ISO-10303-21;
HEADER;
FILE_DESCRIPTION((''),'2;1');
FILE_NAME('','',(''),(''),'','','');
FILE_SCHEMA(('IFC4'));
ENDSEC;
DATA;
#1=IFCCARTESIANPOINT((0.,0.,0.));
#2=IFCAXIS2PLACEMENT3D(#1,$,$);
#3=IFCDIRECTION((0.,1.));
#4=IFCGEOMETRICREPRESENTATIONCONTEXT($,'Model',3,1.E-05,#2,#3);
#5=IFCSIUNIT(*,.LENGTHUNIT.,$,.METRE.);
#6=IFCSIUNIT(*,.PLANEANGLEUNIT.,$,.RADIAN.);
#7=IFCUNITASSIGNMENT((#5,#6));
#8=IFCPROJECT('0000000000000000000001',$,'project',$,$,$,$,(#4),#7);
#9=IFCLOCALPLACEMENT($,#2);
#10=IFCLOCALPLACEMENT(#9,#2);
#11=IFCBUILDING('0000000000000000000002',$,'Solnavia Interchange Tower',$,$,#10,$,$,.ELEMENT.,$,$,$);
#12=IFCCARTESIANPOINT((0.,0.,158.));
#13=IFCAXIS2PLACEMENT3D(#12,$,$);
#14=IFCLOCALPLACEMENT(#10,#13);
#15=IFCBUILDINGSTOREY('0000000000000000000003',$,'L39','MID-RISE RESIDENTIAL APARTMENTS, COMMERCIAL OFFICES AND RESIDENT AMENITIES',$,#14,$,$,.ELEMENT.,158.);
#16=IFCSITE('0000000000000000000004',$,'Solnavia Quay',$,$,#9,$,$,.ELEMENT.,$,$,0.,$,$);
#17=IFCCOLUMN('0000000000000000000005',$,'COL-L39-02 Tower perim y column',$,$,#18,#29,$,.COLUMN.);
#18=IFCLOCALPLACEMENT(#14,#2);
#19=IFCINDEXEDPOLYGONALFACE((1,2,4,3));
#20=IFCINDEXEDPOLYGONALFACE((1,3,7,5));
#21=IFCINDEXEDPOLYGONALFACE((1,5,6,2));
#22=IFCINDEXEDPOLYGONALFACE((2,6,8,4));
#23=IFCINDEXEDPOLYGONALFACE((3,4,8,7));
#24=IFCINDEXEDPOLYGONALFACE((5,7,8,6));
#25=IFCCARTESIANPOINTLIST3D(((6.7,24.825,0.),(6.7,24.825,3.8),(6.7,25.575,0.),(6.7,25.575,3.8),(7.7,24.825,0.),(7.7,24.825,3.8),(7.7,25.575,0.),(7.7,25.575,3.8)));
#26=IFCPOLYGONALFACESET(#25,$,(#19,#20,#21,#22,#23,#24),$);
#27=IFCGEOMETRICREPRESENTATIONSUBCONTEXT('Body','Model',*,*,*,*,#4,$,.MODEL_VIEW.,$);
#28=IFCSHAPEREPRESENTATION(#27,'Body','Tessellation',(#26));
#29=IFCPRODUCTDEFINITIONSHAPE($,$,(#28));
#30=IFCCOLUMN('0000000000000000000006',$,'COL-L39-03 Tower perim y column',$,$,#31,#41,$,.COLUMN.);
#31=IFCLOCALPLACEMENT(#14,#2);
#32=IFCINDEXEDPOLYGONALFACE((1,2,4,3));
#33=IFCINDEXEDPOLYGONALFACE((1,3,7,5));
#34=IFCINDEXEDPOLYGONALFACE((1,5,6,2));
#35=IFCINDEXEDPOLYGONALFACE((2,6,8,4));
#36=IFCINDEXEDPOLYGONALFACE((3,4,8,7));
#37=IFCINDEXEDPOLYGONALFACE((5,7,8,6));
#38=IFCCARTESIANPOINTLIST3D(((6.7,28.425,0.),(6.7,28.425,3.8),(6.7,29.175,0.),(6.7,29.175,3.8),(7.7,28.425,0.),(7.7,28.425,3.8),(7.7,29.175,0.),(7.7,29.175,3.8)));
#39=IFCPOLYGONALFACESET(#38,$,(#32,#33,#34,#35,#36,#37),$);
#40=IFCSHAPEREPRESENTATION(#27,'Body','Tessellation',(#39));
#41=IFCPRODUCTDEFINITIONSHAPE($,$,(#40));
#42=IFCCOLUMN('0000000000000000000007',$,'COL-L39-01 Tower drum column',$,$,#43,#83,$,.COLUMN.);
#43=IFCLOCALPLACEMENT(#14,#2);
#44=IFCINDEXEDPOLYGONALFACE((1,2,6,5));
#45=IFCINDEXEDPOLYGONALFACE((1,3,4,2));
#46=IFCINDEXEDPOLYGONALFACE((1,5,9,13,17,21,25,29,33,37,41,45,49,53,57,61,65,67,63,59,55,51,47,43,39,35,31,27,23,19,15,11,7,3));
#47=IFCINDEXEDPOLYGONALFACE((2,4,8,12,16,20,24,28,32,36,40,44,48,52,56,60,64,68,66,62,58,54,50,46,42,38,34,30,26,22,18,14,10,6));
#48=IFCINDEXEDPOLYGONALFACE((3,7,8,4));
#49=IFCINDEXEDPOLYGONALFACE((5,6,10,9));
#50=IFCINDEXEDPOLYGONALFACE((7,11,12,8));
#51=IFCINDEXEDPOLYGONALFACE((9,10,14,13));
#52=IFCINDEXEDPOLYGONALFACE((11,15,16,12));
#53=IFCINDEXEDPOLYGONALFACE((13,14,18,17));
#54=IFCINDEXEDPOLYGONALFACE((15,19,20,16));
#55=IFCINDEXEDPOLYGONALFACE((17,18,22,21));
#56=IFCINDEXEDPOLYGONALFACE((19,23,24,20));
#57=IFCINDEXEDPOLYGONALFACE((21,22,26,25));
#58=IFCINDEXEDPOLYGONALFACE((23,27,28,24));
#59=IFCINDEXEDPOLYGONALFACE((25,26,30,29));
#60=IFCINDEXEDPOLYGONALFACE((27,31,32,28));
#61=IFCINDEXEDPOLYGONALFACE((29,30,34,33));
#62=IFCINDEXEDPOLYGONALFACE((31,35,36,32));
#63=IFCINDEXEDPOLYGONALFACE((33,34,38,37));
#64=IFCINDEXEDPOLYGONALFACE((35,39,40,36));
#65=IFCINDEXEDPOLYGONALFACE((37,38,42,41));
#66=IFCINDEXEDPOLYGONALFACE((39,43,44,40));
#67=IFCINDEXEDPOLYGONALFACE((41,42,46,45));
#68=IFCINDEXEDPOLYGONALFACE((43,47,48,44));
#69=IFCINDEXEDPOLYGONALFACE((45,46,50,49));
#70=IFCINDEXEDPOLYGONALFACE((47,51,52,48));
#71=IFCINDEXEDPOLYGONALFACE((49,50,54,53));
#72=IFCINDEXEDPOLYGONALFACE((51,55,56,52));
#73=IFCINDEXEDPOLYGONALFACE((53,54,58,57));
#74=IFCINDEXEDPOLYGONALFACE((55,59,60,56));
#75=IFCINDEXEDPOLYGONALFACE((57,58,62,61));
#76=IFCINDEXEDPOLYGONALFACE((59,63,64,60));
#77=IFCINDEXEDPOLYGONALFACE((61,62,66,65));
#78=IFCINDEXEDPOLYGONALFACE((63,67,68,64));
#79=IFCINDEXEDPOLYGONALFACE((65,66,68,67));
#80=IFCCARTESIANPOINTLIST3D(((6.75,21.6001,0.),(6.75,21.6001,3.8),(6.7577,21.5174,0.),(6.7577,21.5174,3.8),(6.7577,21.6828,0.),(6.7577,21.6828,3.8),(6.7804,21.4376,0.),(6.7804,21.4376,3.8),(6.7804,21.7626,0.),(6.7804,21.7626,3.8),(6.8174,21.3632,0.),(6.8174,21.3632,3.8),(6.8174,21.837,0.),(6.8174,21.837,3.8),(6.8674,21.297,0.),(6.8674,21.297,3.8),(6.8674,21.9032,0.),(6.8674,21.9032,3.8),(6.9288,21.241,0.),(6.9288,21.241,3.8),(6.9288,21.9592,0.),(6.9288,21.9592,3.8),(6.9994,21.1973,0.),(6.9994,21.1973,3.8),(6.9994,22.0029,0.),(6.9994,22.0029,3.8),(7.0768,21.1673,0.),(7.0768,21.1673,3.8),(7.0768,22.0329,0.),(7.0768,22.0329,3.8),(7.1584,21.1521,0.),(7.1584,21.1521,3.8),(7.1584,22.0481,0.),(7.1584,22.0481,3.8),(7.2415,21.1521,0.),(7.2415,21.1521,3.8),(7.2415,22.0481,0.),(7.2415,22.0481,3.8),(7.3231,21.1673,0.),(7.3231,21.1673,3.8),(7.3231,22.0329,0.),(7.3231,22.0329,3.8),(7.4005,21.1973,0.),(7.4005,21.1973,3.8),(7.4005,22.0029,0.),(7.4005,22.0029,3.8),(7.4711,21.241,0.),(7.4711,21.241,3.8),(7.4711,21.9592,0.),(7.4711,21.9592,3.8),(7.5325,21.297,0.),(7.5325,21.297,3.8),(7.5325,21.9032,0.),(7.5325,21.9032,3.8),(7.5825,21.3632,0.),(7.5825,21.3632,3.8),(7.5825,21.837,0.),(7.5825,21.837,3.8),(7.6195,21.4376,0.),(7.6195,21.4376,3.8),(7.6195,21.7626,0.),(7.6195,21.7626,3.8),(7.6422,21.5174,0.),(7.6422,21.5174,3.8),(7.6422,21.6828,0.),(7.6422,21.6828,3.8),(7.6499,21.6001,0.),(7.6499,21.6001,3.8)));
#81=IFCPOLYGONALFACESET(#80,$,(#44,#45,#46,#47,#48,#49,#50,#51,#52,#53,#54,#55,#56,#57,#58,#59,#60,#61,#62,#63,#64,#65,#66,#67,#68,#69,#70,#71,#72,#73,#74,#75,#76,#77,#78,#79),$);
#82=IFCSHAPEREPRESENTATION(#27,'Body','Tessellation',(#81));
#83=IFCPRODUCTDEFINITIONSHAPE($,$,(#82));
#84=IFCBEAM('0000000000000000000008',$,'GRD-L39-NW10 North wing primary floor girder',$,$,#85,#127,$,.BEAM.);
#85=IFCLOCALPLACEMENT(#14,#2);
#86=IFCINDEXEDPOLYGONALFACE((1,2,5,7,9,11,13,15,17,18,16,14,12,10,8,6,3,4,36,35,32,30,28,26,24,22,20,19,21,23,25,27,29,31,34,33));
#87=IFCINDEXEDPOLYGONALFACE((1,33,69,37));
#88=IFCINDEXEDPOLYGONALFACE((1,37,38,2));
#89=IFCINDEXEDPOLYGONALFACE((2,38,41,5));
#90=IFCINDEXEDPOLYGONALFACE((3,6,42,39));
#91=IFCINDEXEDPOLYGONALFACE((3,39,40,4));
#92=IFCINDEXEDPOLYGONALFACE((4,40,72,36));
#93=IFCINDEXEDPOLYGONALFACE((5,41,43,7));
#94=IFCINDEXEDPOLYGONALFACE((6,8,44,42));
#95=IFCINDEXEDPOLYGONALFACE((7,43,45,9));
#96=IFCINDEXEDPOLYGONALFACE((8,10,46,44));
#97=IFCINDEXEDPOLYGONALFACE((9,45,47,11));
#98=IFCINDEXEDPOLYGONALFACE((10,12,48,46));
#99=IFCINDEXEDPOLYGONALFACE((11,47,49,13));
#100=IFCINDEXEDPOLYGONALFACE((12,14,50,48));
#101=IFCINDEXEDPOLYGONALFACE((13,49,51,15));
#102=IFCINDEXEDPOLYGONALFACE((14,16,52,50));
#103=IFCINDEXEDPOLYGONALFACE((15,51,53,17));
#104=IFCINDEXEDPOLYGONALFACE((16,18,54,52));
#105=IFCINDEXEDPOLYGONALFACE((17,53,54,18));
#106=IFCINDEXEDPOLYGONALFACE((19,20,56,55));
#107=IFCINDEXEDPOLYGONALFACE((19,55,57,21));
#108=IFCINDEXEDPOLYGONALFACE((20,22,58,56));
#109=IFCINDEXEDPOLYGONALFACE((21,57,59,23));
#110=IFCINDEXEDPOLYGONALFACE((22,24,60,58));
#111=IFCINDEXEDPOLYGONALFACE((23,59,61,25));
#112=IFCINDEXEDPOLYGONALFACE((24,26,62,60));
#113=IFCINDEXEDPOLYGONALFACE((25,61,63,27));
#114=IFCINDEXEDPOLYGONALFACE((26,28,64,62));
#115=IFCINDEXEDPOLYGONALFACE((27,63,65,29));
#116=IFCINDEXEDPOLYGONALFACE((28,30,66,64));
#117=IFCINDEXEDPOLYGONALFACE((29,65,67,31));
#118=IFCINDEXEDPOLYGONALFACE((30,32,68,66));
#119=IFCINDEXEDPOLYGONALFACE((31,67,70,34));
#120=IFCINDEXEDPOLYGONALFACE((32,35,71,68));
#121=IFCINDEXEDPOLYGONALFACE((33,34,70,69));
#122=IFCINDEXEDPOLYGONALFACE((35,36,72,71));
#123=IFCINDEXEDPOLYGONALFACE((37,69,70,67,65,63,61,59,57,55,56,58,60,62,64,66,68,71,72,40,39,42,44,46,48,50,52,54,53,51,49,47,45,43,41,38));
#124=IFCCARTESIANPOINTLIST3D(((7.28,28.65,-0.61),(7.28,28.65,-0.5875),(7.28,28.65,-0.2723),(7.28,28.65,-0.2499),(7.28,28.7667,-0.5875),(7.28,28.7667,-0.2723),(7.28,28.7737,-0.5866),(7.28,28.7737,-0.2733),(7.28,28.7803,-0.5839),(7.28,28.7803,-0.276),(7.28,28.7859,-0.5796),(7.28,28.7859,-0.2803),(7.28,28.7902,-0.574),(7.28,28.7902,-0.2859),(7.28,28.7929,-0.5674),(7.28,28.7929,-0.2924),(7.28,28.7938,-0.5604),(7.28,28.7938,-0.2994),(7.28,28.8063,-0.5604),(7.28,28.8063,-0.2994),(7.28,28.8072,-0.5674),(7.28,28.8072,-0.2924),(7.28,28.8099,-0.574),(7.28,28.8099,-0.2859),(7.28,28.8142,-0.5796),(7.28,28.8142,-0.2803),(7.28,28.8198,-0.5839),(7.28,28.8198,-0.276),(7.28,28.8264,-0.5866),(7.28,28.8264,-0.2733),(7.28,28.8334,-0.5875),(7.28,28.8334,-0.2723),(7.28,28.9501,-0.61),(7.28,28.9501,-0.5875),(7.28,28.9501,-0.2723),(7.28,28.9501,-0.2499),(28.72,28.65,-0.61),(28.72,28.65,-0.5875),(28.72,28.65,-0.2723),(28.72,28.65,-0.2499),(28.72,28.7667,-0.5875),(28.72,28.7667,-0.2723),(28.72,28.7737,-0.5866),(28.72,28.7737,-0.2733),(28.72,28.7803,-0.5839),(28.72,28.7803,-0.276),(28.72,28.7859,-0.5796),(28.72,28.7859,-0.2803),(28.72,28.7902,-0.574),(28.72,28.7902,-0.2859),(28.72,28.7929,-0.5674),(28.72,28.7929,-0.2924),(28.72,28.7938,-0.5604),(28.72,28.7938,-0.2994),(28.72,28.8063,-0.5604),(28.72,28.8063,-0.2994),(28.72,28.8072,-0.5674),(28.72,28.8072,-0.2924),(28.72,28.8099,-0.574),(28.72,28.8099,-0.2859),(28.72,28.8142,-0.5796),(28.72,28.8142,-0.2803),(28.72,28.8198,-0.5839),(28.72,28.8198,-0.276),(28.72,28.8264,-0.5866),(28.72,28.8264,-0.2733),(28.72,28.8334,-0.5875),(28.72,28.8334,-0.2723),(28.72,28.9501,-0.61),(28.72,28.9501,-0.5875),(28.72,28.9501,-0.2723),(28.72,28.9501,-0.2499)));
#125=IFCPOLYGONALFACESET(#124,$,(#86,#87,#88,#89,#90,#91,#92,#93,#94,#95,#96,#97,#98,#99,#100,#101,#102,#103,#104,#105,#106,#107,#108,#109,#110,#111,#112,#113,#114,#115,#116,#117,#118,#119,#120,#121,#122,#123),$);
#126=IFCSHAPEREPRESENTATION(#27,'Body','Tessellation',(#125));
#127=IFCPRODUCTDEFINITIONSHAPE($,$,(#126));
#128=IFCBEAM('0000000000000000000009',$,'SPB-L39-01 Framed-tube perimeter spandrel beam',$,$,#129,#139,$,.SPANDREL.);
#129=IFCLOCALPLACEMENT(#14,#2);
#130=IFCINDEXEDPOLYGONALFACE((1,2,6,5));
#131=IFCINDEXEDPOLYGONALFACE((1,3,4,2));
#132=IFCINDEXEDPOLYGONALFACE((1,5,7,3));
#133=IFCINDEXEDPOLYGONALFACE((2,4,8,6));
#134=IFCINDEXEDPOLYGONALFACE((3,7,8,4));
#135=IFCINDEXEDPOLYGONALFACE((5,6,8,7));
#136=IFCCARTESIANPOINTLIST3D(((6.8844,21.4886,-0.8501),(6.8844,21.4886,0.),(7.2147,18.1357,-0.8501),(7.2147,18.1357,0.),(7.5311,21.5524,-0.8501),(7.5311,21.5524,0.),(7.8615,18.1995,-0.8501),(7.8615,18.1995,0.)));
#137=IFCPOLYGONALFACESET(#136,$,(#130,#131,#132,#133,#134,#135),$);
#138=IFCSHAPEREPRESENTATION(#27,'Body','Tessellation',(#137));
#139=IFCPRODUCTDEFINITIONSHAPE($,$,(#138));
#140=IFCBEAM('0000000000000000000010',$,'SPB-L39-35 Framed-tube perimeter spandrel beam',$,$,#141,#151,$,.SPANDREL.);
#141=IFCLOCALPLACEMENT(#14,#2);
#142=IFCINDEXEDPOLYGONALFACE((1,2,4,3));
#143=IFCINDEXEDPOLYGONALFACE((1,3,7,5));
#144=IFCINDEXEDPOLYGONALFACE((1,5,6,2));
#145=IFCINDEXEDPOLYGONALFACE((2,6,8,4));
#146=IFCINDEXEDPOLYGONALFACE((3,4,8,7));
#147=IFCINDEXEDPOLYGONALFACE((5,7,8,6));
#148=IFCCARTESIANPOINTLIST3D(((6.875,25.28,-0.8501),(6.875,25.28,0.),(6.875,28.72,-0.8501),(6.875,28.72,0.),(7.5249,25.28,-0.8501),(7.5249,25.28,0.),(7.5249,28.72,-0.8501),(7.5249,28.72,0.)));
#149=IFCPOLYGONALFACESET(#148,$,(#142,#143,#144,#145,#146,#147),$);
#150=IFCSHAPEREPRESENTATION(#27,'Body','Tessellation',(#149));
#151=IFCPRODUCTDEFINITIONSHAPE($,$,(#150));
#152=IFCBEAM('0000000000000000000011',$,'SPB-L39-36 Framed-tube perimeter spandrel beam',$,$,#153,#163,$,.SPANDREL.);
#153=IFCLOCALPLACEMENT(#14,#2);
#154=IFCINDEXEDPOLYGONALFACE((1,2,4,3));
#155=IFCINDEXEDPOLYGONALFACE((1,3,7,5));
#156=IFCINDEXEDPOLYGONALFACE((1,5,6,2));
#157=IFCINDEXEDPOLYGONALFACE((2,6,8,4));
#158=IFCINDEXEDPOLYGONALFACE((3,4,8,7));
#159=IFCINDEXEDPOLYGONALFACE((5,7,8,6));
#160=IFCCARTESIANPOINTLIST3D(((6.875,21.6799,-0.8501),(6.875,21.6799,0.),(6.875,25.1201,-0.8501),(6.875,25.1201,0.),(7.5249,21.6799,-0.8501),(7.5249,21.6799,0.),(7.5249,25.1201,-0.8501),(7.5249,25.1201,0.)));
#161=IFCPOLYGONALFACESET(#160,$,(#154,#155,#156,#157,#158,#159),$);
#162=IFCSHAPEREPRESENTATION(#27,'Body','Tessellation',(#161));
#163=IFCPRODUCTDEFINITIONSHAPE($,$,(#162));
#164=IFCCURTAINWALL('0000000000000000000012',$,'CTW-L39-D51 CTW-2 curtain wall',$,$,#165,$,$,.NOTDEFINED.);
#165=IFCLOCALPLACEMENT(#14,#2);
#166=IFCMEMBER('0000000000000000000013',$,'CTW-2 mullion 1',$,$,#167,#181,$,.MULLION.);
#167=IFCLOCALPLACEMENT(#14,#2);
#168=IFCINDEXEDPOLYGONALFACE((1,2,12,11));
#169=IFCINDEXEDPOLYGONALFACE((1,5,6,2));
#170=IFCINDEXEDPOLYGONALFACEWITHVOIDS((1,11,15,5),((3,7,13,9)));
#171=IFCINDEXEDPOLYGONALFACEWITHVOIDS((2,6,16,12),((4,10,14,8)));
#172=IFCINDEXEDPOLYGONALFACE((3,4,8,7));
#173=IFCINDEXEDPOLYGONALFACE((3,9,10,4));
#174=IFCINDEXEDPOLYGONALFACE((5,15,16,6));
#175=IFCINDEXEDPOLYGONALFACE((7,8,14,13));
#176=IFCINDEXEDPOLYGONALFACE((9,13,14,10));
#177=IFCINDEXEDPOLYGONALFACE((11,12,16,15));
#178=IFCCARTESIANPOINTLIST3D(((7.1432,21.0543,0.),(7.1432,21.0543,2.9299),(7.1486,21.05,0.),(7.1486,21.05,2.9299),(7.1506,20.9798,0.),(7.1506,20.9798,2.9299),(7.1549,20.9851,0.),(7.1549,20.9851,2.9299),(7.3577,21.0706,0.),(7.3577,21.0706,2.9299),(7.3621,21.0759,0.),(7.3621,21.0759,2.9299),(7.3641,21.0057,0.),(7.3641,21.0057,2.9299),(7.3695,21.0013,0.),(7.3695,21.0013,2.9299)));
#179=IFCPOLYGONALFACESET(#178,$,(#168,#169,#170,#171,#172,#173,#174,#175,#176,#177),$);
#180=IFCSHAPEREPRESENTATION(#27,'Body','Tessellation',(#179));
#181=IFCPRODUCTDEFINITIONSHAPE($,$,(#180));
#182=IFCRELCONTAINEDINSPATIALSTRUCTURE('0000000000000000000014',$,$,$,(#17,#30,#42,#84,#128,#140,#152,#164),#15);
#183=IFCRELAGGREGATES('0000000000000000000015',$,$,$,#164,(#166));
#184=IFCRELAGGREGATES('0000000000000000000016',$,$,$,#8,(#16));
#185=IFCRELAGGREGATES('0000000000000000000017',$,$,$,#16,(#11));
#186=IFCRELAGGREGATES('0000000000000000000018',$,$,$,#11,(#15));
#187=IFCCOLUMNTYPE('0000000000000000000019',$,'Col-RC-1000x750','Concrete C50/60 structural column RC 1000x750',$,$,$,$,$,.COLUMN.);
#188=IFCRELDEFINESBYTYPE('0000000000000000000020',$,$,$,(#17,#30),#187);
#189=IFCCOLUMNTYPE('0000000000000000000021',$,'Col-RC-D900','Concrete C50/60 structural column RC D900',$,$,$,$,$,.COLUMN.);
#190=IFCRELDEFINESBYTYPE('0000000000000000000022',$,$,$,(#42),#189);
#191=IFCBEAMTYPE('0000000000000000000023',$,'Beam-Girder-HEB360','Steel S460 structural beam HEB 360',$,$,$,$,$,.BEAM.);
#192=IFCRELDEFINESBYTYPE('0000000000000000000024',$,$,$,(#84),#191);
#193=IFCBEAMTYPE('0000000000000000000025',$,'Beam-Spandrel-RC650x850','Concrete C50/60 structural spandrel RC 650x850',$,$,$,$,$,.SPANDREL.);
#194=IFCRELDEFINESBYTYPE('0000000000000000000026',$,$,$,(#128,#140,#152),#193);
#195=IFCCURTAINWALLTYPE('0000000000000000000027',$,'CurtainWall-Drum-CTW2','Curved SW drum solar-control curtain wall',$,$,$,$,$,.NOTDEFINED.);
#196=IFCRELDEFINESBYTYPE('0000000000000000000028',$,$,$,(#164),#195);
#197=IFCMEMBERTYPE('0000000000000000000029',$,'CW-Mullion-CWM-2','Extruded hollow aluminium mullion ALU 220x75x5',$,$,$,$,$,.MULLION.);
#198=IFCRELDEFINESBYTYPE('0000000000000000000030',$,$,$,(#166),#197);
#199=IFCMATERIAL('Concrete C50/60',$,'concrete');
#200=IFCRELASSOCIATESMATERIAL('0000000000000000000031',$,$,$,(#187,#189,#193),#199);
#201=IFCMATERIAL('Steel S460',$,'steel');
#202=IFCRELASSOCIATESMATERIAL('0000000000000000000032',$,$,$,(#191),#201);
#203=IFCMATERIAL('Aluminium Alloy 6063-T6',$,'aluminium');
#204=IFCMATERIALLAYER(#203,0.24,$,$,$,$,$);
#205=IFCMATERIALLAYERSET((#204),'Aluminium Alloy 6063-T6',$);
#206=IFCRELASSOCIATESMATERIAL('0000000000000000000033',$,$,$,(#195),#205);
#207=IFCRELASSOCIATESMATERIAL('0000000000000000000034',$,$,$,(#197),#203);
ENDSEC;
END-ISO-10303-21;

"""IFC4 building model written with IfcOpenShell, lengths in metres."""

from ifc_helpers import new_model, si_unit, direction, frame, origin, origin_2d, place, context, subcontext, project, spatial, rectangle, hollow_rectangle, circle, i_section, extrude, material, layer, layer_set, material_profile, profile_set, type_object, element, aggregate, save


model = new_model("IFC4")

# Units and contexts
model_context = context("Model", 3, precision=1e-05, world=origin(), true_north=direction((0.0, 1.0)))
body_context = subcontext(model_context, "Body", "Model", "MODEL_VIEW")
ifc_project = project(units=[si_unit("LENGTHUNIT", "METRE"), si_unit("PLANEANGLEUNIT", "RADIAN")], contexts=[model_context])

# Site, building, storey
site_placement = place(None, origin())
site = spatial("IfcSite", under=ifc_project, at=site_placement, Name="Solnavia Quay", CompositionType="ELEMENT", RefElevation=0.0)
building_placement = place(site_placement, origin())
building = spatial("IfcBuilding", under=site, at=building_placement, Name="Solnavia Interchange Tower", CompositionType="ELEMENT")
storey_placement = place(building_placement, frame((0.0, 0.0, 158.0)))
storey = spatial("IfcBuildingStorey", under=building, at=storey_placement, Name="L39", Description="MID-RISE RESIDENTIAL APARTMENTS, COMMERCIAL OFFICES AND RESIDENT AMENITIES", CompositionType="ELEMENT", Elevation=158.0)

# Columns
ifc_material_1 = material(Name="Concrete C50/60", Category="concrete")
ifc_material_profile_1 = material_profile(ifc_material_1, rectangle(XDim=0.75, YDim=1.0, at=origin_2d()), Name="RC 1000x750")
ifc_profile_set_1 = profile_set([ifc_material_profile_1], Name="Concrete C50/60")
column_type_1 = type_object("IfcColumnType", Name="Col-RC-1000x750", Description="Concrete C50/60 structural column RC 1000x750", PredefinedType="COLUMN", material=ifc_profile_set_1)
for number, where, z_axis, x_axis, name in (
    (1, (7.2, 25.2, 0.0), (0.0, 0.0, 1.0), (0.0, 1.0, 0.0), "COL-L39-02 Tower perim y column"),
    (2, (7.2, 28.8, 0.0), (0.0, 0.0, 1.0), (0.0, 1.0, 0.0), "COL-L39-03 Tower perim y column"),
):
    element("IfcColumn", number, at=place(storey_placement, frame(where, z_axis=z_axis, x_axis=x_axis)), inside=storey, type_object=column_type_1, Name=name, PredefinedType="COLUMN", context=body_context, shape_type="SweptSolid", body=[
        extrude(rectangle(XDim=0.75, YDim=1.0, at=origin_2d()), origin(), (0.0, 0.0, 1.0), 3.8),
    ])
ifc_material_profile_2 = material_profile(ifc_material_1, circle(Radius=0.45, at=origin_2d()), Name="RC D900")
ifc_profile_set_2 = profile_set([ifc_material_profile_2], Name="Concrete C50/60")
column_type_2 = type_object("IfcColumnType", Name="Col-RC-D900", Description="Concrete C50/60 structural column RC D900", PredefinedType="COLUMN", material=ifc_profile_set_2)
column_placement = place(storey_placement, frame((7.2, 21.6001, 0.0), z_axis=(0.0, 0.0, 1.0), x_axis=(1.0, 0.0, 0.0)))
element("IfcColumn", 3, at=column_placement, inside=storey, type_object=column_type_2, Name="COL-L39-01 Tower drum column", PredefinedType="COLUMN", context=body_context, shape_type="SweptSolid", body=[
    extrude(circle(Radius=0.45, at=origin_2d()), origin(), (0.0, 0.0, 1.0), 3.8),
])

# Beams
ifc_material_2 = material(Name="Steel S460", Category="steel")
ifc_material_profile_3 = material_profile(ifc_material_2, i_section(OverallWidth=0.3, OverallDepth=0.3601, WebThickness=0.0125, FlangeThickness=0.0225, FilletRadius=0.0271, at=origin_2d()), Name="HEB 360")
ifc_profile_set_3 = profile_set([ifc_material_profile_3], Name="Steel S460")
beam_type_1 = type_object("IfcBeamType", Name="Beam-Girder-HEB360", Description="Steel S460 structural beam HEB 360", PredefinedType="BEAM", material=ifc_profile_set_3)
beam_1_placement = place(storey_placement, frame((7.28, 28.8, -0.4299), z_axis=(1.0, 0.0, 0.0), x_axis=(0.0, 1.0, 0.0)))
element("IfcBeam", 4, at=beam_1_placement, inside=storey, type_object=beam_type_1, Name="GRD-L39-NW10 North wing primary floor girder", PredefinedType="BEAM", context=body_context, shape_type="SweptSolid", body=[
    extrude(i_section(OverallWidth=0.3, OverallDepth=0.3601, WebThickness=0.0125, FlangeThickness=0.0225, FilletRadius=0.0271, at=origin_2d()), origin(), (0.0, 0.0, 1.0), 21.4399),
])
ifc_material_profile_4 = material_profile(ifc_material_1, rectangle(XDim=0.6499, YDim=0.8501, at=origin_2d()), Name="RC 650x850")
ifc_profile_set_4 = profile_set([ifc_material_profile_4], Name="Concrete C50/60")
beam_type_2 = type_object("IfcBeamType", Name="Beam-Spandrel-RC650x850", Description="Concrete C50/60 structural spandrel RC 650x850", PredefinedType="SPANDREL", material=ifc_profile_set_4)
beam_2_placement = place(storey_placement, frame((7.2078, 21.5205, -0.425), z_axis=(0.09804, -0.995182, 0.0), x_axis=(0.995182, 0.09804, 0.0)))
element("IfcBeam", 5, at=beam_2_placement, inside=storey, type_object=beam_type_2, Name="SPB-L39-01 Framed-tube perimeter spandrel beam", PredefinedType="SPANDREL", context=body_context, shape_type="SweptSolid", body=[
    extrude(rectangle(XDim=0.6499, YDim=0.8501, at=origin_2d()), origin(), (0.0, 0.0, 1.0), 3.3691),
])
beam_3_placement = place(storey_placement, frame((7.2, 28.72, -0.425), z_axis=(0.0, -1.0, 0.0), x_axis=(1.0, 0.0, 0.0)))
element("IfcBeam", 6, at=beam_3_placement, inside=storey, type_object=beam_type_2, Name="SPB-L39-35 Framed-tube perimeter spandrel beam", PredefinedType="SPANDREL", context=body_context, shape_type="SweptSolid", body=[
    extrude(rectangle(XDim=0.6499, YDim=0.8501, at=origin_2d()), origin(), (0.0, 0.0, 1.0), 3.4399),
])
beam_4_placement = place(storey_placement, frame((7.2, 25.1201, -0.425), z_axis=(0.0, -1.0, 0.0), x_axis=(1.0, 0.0, 0.0)))
element("IfcBeam", 7, at=beam_4_placement, inside=storey, type_object=beam_type_2, Name="SPB-L39-36 Framed-tube perimeter spandrel beam", PredefinedType="SPANDREL", context=body_context, shape_type="SweptSolid", body=[
    extrude(rectangle(XDim=0.6499, YDim=0.8501, at=origin_2d()), origin(), (0.0, 0.0, 1.0), 3.4402),
])

# Curtain wall, member
ifc_material_3 = material(Name="Aluminium Alloy 6063-T6", Category="aluminium")
ifc_layer_1 = layer(ifc_material_3, 0.24)
ifc_layer_set_1 = layer_set([ifc_layer_1], Name="Aluminium Alloy 6063-T6")
curtain_wall_type = type_object("IfcCurtainWallType", Name="CurtainWall-Drum-CTW2", Description="Curved SW drum solar-control curtain wall", PredefinedType="NOTDEFINED", material=ifc_layer_set_1)
curtain_wall_placement = place(storey_placement, origin())
curtain_wall = element("IfcCurtainWall", 8, at=curtain_wall_placement, inside=storey, type_object=curtain_wall_type, Name="CTW-L39-D51 CTW-2 curtain wall", PredefinedType="NOTDEFINED")
ifc_material_profile_5 = material_profile(ifc_material_3, hollow_rectangle(XDim=0.075, YDim=0.22, WallThickness=0.0049, at=origin_2d()), Name="ALU 220x75x5")
ifc_profile_set_5 = profile_set([ifc_material_profile_5], Name="Aluminium Alloy 6063-T6")
member_type_1 = type_object("IfcMemberType", Name="CW-Mullion-CWM-2", Description="Extruded hollow aluminium mullion ALU 220x75x5", PredefinedType="MULLION", material=ifc_profile_set_5)
member_1_placement = place(storey_placement, frame((7.2563, 21.0278, 0.0), z_axis=(0.0, 0.0, 1.0), x_axis=(0.098043, -0.995182, 0.0)))
member_1 = element("IfcMember", 9, at=member_1_placement, type_object=member_type_1, Name="CTW-2 mullion 1", PredefinedType="MULLION", context=body_context, shape_type="SweptSolid", body=[
    extrude(hollow_rectangle(XDim=0.075, YDim=0.22, WallThickness=0.0049, at=origin_2d()), origin(), (0.0, 0.0, 1.0), 2.9299),
])
aggregate(curtain_wall, [member_1])

save(model, "model.ifc")
